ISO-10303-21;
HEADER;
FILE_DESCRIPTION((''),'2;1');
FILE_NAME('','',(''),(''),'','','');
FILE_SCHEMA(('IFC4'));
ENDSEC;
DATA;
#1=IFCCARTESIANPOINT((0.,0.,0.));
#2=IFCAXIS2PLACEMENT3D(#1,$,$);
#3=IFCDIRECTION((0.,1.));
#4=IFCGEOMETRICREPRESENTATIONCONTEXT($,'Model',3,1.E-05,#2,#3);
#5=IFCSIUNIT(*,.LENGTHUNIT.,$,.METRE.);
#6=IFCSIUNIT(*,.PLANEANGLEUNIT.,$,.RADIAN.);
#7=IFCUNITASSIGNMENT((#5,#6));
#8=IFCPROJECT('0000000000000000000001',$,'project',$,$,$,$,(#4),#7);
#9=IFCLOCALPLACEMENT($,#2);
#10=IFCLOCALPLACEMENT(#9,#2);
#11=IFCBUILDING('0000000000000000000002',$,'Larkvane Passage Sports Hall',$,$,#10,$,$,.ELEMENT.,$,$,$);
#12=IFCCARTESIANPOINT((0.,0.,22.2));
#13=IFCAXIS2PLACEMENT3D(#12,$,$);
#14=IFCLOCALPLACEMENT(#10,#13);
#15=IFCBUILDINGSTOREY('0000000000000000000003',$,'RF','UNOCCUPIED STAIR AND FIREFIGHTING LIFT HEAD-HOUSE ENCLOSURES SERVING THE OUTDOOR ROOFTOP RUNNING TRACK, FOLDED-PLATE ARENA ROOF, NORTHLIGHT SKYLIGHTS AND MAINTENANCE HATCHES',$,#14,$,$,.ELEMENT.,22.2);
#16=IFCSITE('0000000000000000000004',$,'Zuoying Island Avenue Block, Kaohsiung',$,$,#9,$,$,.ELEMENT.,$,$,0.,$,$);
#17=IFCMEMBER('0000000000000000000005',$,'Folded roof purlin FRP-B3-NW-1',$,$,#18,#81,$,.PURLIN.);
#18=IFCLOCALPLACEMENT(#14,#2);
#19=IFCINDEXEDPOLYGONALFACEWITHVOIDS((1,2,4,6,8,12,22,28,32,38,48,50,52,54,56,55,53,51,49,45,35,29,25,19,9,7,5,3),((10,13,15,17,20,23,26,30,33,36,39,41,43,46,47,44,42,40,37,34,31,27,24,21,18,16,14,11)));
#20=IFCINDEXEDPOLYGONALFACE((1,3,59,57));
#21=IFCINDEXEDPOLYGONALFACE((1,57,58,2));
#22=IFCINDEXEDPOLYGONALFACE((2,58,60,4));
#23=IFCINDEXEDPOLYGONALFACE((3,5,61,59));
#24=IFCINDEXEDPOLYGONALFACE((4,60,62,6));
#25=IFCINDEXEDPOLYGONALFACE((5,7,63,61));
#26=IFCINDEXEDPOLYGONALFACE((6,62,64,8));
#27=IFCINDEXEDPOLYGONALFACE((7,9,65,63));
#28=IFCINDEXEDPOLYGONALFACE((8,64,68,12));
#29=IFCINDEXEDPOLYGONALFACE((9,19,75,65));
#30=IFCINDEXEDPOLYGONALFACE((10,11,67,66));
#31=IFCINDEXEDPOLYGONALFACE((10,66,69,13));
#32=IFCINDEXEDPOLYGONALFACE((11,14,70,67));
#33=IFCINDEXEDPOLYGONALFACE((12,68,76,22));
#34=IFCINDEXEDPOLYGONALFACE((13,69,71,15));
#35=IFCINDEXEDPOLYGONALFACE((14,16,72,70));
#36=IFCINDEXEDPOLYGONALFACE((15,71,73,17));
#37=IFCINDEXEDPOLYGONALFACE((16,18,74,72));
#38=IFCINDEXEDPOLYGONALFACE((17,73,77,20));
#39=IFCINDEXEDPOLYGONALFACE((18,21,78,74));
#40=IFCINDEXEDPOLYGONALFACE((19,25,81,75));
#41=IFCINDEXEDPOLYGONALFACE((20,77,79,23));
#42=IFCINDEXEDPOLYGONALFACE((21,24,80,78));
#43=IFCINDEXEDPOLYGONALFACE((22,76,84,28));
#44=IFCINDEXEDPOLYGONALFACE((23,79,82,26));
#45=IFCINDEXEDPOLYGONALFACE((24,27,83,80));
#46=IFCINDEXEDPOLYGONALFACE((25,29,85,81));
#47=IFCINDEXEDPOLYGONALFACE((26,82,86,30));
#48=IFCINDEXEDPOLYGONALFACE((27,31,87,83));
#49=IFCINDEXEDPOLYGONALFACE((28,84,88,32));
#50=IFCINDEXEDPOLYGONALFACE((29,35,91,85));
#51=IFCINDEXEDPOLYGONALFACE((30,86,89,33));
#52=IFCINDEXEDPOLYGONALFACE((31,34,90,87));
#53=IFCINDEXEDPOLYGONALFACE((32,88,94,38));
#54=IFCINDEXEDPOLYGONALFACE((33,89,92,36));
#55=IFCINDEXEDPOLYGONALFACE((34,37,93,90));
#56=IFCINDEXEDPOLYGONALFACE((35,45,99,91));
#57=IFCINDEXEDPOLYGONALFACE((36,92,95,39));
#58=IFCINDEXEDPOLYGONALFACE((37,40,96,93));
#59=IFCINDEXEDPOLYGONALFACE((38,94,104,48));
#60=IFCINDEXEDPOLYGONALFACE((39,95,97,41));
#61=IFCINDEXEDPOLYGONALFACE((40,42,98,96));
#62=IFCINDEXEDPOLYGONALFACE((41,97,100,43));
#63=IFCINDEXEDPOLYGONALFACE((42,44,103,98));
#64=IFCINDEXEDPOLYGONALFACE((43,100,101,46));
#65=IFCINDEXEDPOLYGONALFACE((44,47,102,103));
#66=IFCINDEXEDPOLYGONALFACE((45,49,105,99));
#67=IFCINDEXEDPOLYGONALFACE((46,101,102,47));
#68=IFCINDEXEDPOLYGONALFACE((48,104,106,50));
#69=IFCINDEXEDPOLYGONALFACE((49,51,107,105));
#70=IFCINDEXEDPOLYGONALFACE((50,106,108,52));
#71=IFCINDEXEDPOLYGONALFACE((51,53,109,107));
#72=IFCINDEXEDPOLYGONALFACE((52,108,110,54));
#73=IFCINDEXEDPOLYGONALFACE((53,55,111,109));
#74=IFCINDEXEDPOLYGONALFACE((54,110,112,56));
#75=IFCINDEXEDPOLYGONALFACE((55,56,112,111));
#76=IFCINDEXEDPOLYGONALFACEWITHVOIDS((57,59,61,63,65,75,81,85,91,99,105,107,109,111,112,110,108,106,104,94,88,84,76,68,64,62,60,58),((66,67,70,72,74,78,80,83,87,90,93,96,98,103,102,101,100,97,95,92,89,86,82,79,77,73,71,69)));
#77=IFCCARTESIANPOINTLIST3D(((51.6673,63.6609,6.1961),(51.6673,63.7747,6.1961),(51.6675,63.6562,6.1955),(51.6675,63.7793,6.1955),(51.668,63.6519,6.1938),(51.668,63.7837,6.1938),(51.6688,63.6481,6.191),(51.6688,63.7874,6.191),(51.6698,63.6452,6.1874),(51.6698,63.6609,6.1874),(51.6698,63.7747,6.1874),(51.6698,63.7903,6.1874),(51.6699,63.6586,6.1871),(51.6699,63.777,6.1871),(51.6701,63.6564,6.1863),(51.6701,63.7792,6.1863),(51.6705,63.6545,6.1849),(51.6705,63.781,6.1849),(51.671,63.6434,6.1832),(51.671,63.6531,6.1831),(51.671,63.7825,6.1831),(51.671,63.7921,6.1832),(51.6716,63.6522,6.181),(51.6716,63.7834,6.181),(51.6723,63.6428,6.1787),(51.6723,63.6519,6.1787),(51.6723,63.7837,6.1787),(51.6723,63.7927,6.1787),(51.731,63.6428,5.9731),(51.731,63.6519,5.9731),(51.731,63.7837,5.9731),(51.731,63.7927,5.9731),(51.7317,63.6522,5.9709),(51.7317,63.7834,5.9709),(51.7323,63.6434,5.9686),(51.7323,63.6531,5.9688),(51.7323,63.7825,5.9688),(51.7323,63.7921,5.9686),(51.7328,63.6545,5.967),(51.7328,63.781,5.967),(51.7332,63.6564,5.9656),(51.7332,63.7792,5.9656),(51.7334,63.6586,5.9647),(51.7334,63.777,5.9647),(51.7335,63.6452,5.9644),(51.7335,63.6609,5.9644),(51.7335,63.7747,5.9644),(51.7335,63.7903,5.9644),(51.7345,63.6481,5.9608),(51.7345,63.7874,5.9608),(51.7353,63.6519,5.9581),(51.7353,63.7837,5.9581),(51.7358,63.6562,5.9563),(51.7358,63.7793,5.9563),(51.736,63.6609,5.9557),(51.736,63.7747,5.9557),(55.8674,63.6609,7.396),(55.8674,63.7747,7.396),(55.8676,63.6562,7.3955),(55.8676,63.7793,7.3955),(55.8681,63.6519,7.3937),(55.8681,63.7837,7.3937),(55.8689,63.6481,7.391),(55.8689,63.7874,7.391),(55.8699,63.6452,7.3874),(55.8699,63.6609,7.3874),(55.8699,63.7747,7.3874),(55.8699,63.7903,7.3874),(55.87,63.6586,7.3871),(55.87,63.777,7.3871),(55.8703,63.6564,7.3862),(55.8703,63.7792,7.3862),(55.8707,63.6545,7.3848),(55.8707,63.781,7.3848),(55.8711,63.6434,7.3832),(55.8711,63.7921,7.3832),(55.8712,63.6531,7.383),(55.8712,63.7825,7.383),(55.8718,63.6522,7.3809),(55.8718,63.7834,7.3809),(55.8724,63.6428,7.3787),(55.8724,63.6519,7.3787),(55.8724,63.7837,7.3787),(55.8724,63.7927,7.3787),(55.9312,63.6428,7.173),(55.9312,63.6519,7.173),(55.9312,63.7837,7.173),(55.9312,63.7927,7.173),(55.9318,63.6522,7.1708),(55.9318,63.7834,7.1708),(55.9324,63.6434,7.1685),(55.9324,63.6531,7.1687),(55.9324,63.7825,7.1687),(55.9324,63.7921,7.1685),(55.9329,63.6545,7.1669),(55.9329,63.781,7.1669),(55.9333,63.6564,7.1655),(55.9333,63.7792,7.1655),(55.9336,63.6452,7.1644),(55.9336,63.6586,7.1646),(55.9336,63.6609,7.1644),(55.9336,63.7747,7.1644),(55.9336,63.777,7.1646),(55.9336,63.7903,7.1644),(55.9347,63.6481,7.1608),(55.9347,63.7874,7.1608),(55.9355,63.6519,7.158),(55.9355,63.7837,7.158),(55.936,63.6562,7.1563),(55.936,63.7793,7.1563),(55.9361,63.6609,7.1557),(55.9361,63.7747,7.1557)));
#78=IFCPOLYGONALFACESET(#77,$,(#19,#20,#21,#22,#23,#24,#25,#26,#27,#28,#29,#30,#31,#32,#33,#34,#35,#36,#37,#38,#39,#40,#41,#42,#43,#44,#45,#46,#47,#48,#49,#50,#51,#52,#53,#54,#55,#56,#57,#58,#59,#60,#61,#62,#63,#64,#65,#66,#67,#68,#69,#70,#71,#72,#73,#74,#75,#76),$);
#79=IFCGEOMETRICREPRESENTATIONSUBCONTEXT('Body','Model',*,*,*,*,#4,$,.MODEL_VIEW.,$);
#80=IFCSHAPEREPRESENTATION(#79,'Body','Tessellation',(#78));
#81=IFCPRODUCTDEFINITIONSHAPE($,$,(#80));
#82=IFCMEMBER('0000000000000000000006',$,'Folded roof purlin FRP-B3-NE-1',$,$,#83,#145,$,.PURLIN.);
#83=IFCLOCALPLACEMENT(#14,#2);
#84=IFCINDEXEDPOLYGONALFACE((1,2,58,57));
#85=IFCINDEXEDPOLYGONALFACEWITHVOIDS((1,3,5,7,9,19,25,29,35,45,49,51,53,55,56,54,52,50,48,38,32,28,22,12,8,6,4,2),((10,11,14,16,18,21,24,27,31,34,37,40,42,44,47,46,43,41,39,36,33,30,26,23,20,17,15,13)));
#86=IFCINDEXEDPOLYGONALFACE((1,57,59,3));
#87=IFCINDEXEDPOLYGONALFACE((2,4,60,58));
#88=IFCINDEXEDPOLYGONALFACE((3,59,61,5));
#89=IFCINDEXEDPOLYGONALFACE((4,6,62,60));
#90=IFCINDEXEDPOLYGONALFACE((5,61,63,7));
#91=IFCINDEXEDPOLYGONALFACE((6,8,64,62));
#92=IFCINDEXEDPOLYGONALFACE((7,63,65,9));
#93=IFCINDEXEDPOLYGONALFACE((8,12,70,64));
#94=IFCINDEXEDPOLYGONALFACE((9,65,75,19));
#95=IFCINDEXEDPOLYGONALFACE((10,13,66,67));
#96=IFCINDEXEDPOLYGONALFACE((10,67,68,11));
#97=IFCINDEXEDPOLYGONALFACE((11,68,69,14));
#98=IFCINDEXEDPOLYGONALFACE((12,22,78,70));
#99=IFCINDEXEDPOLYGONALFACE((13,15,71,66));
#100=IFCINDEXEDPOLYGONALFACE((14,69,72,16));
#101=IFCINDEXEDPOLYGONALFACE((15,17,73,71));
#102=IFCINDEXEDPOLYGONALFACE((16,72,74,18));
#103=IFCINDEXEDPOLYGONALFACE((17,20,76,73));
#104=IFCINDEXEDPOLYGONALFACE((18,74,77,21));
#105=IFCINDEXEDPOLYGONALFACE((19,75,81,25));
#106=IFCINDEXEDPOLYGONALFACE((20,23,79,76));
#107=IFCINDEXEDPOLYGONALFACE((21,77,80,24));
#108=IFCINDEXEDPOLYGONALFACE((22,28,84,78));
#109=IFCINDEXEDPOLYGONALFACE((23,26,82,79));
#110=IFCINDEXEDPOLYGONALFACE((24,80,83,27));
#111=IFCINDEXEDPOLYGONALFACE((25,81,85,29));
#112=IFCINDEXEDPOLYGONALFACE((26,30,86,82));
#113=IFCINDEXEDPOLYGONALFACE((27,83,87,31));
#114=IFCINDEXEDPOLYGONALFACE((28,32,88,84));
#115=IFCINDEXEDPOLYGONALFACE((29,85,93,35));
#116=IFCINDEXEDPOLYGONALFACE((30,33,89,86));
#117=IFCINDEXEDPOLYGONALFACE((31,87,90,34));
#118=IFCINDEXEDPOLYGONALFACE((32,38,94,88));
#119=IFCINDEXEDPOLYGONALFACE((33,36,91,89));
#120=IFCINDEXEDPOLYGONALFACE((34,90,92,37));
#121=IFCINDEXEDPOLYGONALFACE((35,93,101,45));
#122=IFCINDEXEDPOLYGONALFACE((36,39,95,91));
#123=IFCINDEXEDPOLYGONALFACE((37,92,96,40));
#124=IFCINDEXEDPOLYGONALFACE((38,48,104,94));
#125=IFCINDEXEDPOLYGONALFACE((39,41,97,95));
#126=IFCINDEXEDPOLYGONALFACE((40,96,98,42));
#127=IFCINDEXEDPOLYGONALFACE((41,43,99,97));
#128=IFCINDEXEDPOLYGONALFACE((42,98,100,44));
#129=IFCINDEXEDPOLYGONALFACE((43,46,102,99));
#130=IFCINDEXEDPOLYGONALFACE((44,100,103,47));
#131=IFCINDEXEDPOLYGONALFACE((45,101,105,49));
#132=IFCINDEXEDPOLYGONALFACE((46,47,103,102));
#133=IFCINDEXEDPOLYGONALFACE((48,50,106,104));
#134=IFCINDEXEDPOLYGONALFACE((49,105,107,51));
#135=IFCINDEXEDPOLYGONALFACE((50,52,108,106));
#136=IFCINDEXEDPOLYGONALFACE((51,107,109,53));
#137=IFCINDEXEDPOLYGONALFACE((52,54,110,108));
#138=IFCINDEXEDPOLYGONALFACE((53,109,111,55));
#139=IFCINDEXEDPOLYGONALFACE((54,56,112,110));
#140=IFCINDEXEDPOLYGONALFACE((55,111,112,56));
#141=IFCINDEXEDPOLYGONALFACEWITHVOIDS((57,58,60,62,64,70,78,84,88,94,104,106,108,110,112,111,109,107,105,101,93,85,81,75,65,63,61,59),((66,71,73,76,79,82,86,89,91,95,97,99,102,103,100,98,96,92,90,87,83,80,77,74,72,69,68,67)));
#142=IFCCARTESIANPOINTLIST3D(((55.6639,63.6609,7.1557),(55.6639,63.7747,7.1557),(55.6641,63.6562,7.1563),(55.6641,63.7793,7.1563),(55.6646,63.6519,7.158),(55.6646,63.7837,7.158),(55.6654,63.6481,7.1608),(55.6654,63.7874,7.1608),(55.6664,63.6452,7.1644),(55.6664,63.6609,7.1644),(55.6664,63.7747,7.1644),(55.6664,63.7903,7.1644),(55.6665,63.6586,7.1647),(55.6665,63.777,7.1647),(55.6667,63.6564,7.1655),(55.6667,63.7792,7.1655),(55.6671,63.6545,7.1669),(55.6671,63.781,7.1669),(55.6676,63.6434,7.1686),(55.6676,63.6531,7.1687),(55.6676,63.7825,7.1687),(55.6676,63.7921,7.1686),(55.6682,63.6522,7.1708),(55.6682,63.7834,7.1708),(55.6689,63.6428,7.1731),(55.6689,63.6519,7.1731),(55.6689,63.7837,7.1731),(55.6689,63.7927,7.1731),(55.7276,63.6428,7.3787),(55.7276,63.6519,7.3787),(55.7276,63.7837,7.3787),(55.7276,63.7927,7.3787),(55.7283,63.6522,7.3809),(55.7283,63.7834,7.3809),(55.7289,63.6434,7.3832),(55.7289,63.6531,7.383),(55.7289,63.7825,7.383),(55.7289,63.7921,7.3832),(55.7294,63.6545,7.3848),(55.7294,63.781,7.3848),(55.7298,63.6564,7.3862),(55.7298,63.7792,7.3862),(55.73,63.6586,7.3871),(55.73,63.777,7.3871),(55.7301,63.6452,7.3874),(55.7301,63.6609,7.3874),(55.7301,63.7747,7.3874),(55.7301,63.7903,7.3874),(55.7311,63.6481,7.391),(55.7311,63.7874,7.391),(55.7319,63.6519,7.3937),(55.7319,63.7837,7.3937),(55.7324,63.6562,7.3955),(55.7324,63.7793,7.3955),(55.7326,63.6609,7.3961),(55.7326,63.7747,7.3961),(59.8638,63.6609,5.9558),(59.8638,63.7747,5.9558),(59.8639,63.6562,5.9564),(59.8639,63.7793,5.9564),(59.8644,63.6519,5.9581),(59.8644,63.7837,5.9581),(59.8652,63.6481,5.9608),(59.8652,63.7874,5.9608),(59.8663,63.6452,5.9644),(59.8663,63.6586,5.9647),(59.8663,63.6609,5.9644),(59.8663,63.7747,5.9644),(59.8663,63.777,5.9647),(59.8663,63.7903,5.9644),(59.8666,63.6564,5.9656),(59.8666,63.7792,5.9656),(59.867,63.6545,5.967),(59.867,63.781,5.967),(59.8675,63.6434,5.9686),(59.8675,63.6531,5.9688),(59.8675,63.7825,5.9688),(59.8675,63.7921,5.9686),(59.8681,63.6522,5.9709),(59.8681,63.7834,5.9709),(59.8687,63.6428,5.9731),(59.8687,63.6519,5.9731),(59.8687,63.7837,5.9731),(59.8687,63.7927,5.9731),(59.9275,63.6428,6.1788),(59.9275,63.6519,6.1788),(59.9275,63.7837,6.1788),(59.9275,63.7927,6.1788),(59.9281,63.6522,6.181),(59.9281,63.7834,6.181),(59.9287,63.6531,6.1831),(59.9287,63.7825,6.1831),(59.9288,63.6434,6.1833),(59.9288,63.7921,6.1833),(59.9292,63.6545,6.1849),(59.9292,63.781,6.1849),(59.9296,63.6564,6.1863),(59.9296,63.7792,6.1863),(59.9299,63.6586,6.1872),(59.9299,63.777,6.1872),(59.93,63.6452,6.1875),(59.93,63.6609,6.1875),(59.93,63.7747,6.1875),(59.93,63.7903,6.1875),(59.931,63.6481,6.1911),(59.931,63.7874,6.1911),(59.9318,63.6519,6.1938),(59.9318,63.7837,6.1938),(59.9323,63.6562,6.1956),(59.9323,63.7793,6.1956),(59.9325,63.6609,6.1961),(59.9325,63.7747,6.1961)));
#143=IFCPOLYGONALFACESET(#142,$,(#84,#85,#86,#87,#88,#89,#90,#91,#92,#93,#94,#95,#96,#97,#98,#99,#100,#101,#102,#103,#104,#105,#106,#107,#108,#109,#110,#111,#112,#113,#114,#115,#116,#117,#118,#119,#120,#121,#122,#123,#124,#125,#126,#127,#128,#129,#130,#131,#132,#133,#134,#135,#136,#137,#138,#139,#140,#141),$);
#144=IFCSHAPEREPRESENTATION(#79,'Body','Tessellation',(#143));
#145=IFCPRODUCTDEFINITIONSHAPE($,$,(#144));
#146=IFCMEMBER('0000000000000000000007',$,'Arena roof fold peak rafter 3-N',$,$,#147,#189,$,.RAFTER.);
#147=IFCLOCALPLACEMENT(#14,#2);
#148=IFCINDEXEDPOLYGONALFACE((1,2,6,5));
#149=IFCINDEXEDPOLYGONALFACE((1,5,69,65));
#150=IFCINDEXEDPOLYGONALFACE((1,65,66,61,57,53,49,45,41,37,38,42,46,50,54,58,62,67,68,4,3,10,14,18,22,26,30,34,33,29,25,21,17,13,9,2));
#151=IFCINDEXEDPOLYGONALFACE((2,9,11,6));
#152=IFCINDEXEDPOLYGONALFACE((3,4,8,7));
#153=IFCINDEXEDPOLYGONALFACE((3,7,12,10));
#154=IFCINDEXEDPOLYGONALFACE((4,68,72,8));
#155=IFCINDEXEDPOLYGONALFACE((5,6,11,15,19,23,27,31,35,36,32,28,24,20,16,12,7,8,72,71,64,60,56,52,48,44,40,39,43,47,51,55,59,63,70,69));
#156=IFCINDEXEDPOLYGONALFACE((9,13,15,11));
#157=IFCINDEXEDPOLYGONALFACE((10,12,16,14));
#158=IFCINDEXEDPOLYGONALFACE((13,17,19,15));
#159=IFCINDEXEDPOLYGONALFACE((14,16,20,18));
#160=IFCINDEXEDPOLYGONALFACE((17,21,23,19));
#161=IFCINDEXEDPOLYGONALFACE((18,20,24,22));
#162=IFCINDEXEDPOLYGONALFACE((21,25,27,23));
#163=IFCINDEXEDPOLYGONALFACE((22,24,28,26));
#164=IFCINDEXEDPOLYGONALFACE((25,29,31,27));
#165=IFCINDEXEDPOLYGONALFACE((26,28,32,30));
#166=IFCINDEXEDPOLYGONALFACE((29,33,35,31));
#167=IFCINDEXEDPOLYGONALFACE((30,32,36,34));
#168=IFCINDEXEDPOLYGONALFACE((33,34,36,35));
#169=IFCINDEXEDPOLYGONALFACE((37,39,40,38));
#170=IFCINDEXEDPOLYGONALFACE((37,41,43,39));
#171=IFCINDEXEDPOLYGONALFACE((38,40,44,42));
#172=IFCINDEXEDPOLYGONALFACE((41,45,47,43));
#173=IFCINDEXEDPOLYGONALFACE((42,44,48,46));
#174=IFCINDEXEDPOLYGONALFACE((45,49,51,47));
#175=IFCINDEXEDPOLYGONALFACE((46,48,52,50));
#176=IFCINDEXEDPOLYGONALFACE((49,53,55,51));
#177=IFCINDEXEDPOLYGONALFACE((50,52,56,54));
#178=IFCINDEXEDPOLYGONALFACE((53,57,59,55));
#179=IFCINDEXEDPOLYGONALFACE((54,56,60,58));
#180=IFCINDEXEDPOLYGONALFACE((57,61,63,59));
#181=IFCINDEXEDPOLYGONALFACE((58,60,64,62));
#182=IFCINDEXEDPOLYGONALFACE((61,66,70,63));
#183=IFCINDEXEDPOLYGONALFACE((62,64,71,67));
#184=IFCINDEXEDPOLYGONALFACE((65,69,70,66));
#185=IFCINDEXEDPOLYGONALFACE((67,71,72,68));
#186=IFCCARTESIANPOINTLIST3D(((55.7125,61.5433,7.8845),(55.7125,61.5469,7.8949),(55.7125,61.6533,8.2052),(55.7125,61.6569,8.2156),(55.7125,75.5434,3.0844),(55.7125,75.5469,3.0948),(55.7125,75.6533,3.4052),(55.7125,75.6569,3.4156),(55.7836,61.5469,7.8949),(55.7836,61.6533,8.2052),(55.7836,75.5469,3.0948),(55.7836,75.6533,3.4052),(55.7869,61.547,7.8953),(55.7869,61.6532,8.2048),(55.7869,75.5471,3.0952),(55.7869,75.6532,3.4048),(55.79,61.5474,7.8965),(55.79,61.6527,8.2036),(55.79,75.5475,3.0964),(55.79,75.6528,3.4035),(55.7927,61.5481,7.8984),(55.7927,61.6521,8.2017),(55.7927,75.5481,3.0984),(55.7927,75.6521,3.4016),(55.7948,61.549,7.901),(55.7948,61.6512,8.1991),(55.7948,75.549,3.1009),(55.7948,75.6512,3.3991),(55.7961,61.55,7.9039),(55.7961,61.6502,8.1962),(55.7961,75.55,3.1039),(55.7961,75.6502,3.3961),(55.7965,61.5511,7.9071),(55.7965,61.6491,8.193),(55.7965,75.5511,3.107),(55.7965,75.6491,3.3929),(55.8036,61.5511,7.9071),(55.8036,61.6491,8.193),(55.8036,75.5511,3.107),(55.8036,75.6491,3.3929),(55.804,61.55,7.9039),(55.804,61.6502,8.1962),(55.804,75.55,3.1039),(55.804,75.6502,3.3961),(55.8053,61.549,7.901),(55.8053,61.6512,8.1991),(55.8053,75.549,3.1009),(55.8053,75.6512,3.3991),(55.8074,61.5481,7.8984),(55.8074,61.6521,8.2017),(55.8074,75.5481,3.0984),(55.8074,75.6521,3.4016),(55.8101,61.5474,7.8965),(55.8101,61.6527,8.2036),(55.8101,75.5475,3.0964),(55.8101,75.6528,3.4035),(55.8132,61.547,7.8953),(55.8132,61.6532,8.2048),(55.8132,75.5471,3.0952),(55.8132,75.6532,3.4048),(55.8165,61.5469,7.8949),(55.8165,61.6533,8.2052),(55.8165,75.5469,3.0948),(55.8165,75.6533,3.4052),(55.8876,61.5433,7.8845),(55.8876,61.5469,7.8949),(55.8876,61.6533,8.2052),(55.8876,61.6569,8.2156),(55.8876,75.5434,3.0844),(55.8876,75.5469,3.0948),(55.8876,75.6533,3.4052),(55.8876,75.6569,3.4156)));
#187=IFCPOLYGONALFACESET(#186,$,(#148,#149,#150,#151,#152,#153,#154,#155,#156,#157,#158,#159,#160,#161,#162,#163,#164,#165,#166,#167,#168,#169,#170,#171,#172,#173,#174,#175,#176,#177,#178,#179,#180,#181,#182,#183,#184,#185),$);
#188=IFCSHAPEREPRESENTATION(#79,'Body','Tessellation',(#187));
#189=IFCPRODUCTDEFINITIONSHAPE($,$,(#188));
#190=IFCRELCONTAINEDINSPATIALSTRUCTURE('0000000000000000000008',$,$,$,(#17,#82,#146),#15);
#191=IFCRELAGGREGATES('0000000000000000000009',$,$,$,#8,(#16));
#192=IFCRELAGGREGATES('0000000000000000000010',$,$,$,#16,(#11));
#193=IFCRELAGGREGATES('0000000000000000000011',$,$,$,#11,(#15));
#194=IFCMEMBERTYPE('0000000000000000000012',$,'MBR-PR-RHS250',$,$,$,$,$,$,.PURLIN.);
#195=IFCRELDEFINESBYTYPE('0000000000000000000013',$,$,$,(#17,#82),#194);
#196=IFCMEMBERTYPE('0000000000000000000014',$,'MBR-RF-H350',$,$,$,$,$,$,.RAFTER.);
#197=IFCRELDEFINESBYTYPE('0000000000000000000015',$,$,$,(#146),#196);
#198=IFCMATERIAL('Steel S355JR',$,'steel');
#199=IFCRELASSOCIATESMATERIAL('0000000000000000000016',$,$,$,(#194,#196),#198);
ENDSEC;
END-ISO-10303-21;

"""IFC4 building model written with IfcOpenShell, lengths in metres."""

from ifc_helpers import new_model, si_unit, direction, frame, origin, origin_2d, place, context, subcontext, project, spatial, hollow_rectangle, i_section, extrude, material, material_profile, profile_set, type_object, element, save


model = new_model("IFC4")

# Units and contexts
model_context = context("Model", 3, precision=1e-05, world=origin(), true_north=direction((0.0, 1.0)))
body_context = subcontext(model_context, "Body", "Model", "MODEL_VIEW")
ifc_project = project(units=[si_unit("LENGTHUNIT", "METRE"), si_unit("PLANEANGLEUNIT", "RADIAN")], contexts=[model_context])

# Site, building, storey
site_placement = place(None, origin())
site = spatial("IfcSite", under=ifc_project, at=site_placement, Name="Zuoying Island Avenue Block, Kaohsiung", CompositionType="ELEMENT", RefElevation=0.0)
building_placement = place(site_placement, origin())
building = spatial("IfcBuilding", under=site, at=building_placement, Name="Larkvane Passage Sports Hall", CompositionType="ELEMENT")
storey_placement = place(building_placement, frame((0.0, 0.0, 22.2)))
storey = spatial("IfcBuildingStorey", under=building, at=storey_placement, Name="RF", Description="UNOCCUPIED STAIR AND FIREFIGHTING LIFT HEAD-HOUSE ENCLOSURES SERVING THE OUTDOOR ROOFTOP RUNNING TRACK, FOLDED-PLATE ARENA ROOF, NORTHLIGHT SKYLIGHTS AND MAINTENANCE HATCHES", CompositionType="ELEMENT", Elevation=22.2)

# Members
ifc_material_1 = material(Name="Steel S355JR", Category="steel")
ifc_material_profile_1 = material_profile(ifc_material_1, hollow_rectangle(XDim=0.1499, YDim=0.25, WallThickness=0.009, InnerFilletRadius=0.009, OuterFilletRadius=0.0181, at=origin_2d()), Name="RHS-250x150x9")
ifc_profile_set_1 = profile_set([ifc_material_profile_1], Name="Steel S355JR")
member_type_1 = type_object("IfcMemberType", Name="MBR-PR-RHS250", PredefinedType="PURLIN", material=ifc_profile_set_1)
member_1_placement = place(storey_placement, frame((51.7017, 63.7178, 6.0759), z_axis=(0.96153, 0.0, 0.274699), x_axis=(0.0, 1.0, 0.0)))
element("IfcMember", 1, at=member_1_placement, inside=storey, type_object=member_type_1, Name="Folded roof purlin FRP-B3-NW-1", PredefinedType="PURLIN", context=body_context, shape_type="SweptSolid", body=[
    extrude(hollow_rectangle(XDim=0.1499, YDim=0.25, WallThickness=0.009, InnerFilletRadius=0.009, OuterFilletRadius=0.0181, at=origin_2d()), origin(), (0.0, 0.0, 1.0), 4.3682),
])
member_2_placement = place(storey_placement, frame((55.6982, 63.7178, 7.2759), z_axis=(0.961526, 0.0, -0.274714), x_axis=(0.0, 1.0, 0.0)))
element("IfcMember", 2, at=member_2_placement, inside=storey, type_object=member_type_1, Name="Folded roof purlin FRP-B3-NE-1", PredefinedType="PURLIN", context=body_context, shape_type="SweptSolid", body=[
    extrude(hollow_rectangle(XDim=0.1499, YDim=0.25, WallThickness=0.009, InnerFilletRadius=0.009, OuterFilletRadius=0.0181, at=origin_2d()), origin(), (0.0, 0.0, 1.0), 4.3679),
])
ifc_material_profile_2 = material_profile(ifc_material_1, i_section(OverallWidth=0.175, OverallDepth=0.3501, WebThickness=0.0071, FlangeThickness=0.011, FilletRadius=0.0129, at=origin_2d()), Name="H-350x175x7x11")
ifc_profile_set_2 = profile_set([ifc_material_profile_2], Name="Steel S355JR")
member_type_2 = type_object("IfcMemberType", Name="MBR-RF-H350", PredefinedType="RAFTER", material=ifc_profile_set_2)
member_3_placement = place(storey_placement, frame((55.8, 61.6001, 8.05), z_axis=(0.0, 0.945945, -0.324327), x_axis=(-1.0, 0.0, 0.0)))
element("IfcMember", 3, at=member_3_placement, inside=storey, type_object=member_type_2, Name="Arena roof fold peak rafter 3-N", PredefinedType="RAFTER", context=body_context, shape_type="SweptSolid", body=[
    extrude(i_section(OverallWidth=0.175, OverallDepth=0.3501, WebThickness=0.0071, FlangeThickness=0.011, FilletRadius=0.0129, at=origin_2d()), origin(), (0.0, 0.0, 1.0), 14.8),
])

save(model, "model.ifc")
